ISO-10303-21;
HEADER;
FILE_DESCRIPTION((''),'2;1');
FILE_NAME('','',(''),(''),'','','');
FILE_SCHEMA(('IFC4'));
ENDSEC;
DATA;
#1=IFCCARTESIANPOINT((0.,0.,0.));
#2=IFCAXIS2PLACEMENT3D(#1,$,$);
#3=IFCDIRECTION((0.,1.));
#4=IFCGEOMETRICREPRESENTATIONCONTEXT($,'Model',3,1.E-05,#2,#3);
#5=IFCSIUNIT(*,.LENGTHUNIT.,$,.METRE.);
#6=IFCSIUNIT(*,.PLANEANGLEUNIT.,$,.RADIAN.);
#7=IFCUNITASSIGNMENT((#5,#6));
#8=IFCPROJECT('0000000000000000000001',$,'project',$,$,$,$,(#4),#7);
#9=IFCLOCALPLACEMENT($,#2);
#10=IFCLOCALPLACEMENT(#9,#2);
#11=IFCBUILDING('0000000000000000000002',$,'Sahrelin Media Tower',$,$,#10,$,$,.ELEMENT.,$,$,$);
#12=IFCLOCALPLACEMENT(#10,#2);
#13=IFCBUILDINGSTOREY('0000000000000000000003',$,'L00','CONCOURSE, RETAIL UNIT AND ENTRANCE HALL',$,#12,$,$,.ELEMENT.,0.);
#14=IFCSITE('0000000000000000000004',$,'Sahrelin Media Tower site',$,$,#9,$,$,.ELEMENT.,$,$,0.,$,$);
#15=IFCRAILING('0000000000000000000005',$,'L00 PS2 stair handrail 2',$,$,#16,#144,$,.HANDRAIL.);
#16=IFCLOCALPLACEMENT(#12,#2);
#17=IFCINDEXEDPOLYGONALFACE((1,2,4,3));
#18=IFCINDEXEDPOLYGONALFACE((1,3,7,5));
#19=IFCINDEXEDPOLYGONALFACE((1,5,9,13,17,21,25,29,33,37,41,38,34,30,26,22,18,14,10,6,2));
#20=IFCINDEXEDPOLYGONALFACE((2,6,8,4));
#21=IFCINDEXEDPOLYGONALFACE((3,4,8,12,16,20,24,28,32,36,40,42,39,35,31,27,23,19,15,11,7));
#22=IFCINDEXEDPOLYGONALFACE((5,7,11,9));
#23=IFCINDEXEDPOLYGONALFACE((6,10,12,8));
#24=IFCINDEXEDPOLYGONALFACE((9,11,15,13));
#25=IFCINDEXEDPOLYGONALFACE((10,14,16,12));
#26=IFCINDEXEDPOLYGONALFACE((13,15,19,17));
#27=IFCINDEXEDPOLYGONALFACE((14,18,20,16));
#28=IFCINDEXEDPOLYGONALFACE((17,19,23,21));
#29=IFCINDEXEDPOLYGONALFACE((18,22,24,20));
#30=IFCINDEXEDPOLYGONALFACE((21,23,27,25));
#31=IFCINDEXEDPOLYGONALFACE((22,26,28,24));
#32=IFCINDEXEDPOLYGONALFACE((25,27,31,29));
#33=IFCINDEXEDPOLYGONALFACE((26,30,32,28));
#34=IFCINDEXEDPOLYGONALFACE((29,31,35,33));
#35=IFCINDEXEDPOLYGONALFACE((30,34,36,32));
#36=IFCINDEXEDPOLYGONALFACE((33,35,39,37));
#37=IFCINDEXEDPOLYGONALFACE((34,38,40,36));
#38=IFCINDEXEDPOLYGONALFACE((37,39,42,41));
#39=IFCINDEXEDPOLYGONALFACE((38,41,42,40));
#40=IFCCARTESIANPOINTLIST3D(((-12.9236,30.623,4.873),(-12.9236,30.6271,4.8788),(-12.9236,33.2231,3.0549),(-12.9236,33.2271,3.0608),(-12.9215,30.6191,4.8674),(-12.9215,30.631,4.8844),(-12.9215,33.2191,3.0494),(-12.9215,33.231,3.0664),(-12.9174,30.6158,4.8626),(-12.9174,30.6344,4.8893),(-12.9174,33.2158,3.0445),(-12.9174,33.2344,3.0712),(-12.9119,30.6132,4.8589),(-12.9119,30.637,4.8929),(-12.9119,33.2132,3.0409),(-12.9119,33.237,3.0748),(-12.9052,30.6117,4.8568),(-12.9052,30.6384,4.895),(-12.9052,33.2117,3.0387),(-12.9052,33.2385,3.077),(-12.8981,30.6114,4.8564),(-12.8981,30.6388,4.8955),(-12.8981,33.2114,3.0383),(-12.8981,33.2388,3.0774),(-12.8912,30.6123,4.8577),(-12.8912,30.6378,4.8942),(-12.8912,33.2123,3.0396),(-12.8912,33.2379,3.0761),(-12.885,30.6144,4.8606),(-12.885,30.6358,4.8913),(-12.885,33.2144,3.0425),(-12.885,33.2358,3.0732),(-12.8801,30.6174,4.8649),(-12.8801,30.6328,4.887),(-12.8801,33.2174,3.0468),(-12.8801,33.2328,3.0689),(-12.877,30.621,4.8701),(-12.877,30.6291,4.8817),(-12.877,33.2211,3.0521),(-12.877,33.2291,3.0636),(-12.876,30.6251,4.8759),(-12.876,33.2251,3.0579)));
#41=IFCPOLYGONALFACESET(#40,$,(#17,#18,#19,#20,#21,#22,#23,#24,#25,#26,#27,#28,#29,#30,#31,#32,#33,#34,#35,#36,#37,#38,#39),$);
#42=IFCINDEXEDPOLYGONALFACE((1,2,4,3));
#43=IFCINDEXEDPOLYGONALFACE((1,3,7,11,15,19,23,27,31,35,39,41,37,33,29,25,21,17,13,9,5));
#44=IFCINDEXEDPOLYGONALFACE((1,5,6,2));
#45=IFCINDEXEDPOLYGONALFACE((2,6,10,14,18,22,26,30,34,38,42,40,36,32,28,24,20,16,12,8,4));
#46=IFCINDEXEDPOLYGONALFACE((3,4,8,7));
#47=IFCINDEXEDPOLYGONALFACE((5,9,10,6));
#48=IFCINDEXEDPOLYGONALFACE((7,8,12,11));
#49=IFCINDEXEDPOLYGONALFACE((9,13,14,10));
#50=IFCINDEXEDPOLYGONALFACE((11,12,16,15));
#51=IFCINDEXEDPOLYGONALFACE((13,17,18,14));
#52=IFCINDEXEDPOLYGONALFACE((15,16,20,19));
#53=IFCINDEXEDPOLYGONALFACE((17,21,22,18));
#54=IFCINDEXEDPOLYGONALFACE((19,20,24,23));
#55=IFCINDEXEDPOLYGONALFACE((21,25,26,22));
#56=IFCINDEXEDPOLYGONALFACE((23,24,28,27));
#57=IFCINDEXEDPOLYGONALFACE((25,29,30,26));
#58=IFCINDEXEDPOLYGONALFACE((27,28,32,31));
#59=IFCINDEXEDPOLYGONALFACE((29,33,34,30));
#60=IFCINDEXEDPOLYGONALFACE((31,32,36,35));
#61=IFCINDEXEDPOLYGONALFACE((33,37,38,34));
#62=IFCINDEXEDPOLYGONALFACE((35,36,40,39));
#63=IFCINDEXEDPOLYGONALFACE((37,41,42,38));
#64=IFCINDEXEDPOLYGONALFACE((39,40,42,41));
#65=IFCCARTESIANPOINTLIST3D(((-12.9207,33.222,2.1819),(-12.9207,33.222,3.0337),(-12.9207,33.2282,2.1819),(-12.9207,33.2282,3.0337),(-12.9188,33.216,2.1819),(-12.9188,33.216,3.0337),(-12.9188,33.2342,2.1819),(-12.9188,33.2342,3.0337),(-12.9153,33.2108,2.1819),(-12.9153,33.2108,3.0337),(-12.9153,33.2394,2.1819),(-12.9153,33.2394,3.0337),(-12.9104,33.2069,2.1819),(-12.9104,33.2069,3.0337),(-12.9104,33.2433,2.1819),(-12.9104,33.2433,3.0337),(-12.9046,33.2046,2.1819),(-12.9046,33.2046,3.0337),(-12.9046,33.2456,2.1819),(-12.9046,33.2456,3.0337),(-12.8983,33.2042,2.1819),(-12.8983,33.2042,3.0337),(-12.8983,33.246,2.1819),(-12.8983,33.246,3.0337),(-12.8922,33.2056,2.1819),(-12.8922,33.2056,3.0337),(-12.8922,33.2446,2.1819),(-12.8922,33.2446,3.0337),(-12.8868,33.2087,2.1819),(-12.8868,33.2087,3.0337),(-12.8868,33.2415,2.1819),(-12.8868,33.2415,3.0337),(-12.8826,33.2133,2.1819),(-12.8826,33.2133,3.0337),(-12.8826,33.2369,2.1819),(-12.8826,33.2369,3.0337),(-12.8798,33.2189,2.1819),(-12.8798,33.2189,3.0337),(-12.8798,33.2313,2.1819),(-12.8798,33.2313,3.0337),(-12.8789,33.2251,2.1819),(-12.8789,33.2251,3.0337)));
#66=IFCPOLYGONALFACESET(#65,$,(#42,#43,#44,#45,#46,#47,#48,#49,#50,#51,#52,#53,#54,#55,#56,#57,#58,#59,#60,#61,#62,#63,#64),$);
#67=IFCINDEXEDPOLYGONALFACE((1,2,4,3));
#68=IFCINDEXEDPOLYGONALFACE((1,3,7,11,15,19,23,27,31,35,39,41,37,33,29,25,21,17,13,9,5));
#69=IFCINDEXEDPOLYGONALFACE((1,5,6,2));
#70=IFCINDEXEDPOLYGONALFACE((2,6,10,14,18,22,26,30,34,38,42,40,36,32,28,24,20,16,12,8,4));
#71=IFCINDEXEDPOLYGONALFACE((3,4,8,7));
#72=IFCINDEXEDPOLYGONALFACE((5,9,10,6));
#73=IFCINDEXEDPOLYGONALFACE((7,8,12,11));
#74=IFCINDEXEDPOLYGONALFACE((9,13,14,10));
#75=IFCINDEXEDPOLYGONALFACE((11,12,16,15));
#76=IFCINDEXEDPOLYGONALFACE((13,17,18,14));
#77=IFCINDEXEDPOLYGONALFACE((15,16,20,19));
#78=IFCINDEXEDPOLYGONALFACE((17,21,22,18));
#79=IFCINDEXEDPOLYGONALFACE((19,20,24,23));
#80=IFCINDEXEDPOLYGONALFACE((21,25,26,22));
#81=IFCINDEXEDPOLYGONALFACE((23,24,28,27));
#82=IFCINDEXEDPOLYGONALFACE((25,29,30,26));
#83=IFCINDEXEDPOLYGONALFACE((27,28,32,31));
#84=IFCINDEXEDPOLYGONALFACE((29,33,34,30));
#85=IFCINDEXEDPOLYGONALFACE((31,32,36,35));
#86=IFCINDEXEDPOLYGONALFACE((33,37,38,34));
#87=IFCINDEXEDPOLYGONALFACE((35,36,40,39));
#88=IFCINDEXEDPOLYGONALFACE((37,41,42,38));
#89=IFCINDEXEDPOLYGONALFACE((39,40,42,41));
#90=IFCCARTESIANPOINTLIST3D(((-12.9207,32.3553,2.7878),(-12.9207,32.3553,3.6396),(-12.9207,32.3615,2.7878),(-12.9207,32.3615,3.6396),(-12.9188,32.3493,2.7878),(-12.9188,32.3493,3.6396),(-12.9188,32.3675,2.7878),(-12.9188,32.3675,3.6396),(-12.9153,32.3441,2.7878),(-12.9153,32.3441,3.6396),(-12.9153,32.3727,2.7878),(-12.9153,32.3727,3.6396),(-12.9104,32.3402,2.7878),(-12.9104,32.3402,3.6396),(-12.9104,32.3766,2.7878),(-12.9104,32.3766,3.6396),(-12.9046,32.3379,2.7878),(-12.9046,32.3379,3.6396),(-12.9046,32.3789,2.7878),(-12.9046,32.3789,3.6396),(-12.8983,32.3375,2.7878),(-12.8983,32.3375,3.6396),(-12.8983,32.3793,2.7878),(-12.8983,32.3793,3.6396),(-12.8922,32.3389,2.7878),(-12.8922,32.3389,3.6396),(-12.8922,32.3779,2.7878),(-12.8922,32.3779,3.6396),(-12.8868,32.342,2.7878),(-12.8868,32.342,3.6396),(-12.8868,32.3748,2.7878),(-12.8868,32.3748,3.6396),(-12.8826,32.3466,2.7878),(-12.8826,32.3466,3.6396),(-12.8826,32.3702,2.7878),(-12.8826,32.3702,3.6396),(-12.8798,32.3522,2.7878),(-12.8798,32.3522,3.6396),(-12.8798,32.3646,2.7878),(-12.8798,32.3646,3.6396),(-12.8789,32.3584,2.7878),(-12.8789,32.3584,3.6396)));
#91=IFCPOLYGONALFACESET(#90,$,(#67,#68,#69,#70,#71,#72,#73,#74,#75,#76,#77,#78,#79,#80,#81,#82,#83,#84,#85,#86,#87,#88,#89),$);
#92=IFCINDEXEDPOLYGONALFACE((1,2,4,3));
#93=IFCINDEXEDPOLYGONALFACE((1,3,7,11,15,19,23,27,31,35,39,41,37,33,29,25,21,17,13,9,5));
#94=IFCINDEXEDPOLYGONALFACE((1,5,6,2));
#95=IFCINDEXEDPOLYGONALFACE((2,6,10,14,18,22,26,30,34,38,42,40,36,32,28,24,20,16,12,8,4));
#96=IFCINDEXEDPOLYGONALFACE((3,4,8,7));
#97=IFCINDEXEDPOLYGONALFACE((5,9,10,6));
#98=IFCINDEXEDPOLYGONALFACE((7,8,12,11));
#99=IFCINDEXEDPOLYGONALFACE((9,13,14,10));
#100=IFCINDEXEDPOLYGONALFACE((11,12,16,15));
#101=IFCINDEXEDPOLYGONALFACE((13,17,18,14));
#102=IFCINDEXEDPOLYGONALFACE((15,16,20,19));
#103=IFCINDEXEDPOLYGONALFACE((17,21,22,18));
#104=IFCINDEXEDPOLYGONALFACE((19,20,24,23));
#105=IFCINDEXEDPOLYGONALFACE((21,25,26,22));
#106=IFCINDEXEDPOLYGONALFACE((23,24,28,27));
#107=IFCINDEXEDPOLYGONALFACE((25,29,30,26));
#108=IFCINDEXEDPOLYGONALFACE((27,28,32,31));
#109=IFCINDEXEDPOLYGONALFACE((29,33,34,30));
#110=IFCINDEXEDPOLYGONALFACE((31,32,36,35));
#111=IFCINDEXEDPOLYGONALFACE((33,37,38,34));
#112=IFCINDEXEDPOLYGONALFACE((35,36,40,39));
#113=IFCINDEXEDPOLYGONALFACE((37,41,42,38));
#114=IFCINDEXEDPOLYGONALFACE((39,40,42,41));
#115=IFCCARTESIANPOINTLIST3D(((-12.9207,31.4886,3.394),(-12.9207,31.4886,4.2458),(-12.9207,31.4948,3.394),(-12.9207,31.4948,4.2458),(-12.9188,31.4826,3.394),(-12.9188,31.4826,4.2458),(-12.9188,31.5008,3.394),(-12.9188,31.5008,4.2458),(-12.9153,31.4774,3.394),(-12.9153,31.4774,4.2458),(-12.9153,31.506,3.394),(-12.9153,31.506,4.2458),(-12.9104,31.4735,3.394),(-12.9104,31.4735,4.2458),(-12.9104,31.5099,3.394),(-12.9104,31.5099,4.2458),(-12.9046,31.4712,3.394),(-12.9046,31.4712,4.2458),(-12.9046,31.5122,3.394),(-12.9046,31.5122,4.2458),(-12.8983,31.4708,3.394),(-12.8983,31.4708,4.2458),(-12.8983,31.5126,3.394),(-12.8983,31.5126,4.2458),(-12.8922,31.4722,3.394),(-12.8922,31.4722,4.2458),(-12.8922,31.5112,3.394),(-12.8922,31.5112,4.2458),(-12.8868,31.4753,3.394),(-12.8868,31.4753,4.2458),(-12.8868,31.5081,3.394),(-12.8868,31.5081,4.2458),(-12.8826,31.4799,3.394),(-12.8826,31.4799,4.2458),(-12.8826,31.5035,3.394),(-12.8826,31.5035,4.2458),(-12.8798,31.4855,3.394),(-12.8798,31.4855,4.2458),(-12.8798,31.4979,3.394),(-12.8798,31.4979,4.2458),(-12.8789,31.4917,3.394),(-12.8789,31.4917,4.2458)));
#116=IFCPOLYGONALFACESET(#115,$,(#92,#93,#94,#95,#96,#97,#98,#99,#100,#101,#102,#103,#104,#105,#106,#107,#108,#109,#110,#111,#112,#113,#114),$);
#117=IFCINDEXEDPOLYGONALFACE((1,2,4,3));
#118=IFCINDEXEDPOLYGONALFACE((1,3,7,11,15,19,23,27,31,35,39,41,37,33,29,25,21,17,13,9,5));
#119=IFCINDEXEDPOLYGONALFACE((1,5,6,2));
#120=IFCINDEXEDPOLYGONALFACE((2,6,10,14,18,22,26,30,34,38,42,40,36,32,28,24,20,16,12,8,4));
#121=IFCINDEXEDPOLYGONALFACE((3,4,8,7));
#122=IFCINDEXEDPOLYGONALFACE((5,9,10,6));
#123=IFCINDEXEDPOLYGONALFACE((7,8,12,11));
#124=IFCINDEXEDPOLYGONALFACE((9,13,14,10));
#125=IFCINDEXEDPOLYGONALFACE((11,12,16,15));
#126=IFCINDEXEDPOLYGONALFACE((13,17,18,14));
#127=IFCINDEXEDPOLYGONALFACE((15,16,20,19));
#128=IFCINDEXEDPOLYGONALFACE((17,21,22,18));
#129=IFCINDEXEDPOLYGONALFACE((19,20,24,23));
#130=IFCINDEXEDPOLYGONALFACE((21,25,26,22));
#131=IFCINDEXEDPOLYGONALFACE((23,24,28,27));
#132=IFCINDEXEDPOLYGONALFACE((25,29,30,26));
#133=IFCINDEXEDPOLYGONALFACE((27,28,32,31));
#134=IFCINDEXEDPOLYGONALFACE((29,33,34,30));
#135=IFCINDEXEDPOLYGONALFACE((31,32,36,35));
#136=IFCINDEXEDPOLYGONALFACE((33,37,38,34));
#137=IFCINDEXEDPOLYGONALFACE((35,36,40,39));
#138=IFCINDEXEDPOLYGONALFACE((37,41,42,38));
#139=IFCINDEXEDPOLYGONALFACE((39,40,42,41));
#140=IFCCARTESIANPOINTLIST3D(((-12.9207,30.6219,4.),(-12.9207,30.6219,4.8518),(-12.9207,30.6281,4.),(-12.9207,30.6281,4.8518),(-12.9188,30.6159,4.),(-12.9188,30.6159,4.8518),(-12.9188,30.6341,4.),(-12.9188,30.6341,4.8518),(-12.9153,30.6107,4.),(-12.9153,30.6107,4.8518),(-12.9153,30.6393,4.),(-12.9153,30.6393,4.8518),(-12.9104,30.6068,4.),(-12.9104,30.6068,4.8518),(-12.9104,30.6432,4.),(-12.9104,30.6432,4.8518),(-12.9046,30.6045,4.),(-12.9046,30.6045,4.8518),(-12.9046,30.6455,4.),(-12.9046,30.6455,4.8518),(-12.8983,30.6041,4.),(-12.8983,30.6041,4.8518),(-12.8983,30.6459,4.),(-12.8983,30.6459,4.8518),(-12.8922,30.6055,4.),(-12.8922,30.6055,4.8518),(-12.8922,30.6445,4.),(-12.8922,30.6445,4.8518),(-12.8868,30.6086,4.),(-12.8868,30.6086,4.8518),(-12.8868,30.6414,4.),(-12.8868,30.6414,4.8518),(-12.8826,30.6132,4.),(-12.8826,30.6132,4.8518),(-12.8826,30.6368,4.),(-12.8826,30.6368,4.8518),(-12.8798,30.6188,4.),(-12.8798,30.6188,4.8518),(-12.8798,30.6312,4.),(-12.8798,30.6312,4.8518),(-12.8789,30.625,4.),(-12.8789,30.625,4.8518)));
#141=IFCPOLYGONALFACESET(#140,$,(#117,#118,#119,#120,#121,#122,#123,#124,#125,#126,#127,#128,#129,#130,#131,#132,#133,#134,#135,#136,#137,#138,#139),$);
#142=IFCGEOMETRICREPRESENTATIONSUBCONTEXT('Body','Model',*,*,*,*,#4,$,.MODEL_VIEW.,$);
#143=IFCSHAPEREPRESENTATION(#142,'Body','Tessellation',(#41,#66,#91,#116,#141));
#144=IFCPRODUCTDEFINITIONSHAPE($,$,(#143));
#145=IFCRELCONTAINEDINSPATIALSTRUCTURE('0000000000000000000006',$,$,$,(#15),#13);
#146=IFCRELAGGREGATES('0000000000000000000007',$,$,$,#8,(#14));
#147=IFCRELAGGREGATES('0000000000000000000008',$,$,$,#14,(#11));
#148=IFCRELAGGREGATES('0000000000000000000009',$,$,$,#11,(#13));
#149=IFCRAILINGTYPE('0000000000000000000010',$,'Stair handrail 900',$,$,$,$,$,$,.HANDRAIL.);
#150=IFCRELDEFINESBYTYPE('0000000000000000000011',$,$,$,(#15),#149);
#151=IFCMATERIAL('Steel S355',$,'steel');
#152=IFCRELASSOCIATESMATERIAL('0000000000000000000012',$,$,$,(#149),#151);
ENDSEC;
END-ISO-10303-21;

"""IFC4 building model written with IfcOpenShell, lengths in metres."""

from ifc_helpers import new_model, si_unit, direction, frame, origin, origin_2d, place, context, subcontext, project, spatial, circle, extrude, material, type_object, element, save


model = new_model("IFC4")

# Units and contexts
model_context = context("Model", 3, precision=1e-05, world=origin(), true_north=direction((0.0, 1.0)))
body_context = subcontext(model_context, "Body", "Model", "MODEL_VIEW")
ifc_project = project(units=[si_unit("LENGTHUNIT", "METRE"), si_unit("PLANEANGLEUNIT", "RADIAN")], contexts=[model_context])

# Site, building, storey
site_placement = place(None, origin())
site = spatial("IfcSite", under=ifc_project, at=site_placement, Name="Sahrelin Media Tower site", CompositionType="ELEMENT", RefElevation=0.0)
building_placement = place(site_placement, origin())
building = spatial("IfcBuilding", under=site, at=building_placement, Name="Sahrelin Media Tower", CompositionType="ELEMENT")
storey_placement = place(building_placement, origin())
storey = spatial("IfcBuildingStorey", under=building, at=storey_placement, Name="L00", Description="CONCOURSE, RETAIL UNIT AND ENTRANCE HALL", CompositionType="ELEMENT", Elevation=0.0)

# Shared definitions
ifc_material_1 = material(Name="Steel S355", Category="steel")

# Railing
railing_type_1 = type_object("IfcRailingType", Name="Stair handrail 900", PredefinedType="HANDRAIL", material=ifc_material_1)
railing_1_placement = place(storey_placement, frame((-12.8999, 33.2251, 2.1819)))
element("IfcRailing", 1, at=railing_1_placement, inside=storey, type_object=railing_type_1, Name="L00 PS2 stair handrail 2", PredefinedType="HANDRAIL", context=body_context, shape_type="SweptSolid", body=[
    extrude(circle(Radius=0.0239, at=origin_2d()), frame((0.0, 0.0, 0.876), z_axis=(0.0, -0.819521, 0.573049), x_axis=(1.0, 0.0, 0.0)), (0.0, 0.0, 1.0), 3.1726),
    extrude(circle(Radius=0.021, at=origin_2d()), origin(), (0.0, 0.0, 1.0), 0.8518),
    extrude(circle(Radius=0.021, at=origin_2d()), frame((0.0, -0.8667, 0.606)), (0.0, 0.0, 1.0), 0.8518),
    extrude(circle(Radius=0.021, at=origin_2d()), frame((0.0, -1.7334, 1.2122)), (0.0, 0.0, 1.0), 0.8518),
    extrude(circle(Radius=0.021, at=origin_2d()), frame((0.0, -2.6001, 1.8181)), (0.0, 0.0, 1.0), 0.8518),
])

save(model, "model.ifc")
